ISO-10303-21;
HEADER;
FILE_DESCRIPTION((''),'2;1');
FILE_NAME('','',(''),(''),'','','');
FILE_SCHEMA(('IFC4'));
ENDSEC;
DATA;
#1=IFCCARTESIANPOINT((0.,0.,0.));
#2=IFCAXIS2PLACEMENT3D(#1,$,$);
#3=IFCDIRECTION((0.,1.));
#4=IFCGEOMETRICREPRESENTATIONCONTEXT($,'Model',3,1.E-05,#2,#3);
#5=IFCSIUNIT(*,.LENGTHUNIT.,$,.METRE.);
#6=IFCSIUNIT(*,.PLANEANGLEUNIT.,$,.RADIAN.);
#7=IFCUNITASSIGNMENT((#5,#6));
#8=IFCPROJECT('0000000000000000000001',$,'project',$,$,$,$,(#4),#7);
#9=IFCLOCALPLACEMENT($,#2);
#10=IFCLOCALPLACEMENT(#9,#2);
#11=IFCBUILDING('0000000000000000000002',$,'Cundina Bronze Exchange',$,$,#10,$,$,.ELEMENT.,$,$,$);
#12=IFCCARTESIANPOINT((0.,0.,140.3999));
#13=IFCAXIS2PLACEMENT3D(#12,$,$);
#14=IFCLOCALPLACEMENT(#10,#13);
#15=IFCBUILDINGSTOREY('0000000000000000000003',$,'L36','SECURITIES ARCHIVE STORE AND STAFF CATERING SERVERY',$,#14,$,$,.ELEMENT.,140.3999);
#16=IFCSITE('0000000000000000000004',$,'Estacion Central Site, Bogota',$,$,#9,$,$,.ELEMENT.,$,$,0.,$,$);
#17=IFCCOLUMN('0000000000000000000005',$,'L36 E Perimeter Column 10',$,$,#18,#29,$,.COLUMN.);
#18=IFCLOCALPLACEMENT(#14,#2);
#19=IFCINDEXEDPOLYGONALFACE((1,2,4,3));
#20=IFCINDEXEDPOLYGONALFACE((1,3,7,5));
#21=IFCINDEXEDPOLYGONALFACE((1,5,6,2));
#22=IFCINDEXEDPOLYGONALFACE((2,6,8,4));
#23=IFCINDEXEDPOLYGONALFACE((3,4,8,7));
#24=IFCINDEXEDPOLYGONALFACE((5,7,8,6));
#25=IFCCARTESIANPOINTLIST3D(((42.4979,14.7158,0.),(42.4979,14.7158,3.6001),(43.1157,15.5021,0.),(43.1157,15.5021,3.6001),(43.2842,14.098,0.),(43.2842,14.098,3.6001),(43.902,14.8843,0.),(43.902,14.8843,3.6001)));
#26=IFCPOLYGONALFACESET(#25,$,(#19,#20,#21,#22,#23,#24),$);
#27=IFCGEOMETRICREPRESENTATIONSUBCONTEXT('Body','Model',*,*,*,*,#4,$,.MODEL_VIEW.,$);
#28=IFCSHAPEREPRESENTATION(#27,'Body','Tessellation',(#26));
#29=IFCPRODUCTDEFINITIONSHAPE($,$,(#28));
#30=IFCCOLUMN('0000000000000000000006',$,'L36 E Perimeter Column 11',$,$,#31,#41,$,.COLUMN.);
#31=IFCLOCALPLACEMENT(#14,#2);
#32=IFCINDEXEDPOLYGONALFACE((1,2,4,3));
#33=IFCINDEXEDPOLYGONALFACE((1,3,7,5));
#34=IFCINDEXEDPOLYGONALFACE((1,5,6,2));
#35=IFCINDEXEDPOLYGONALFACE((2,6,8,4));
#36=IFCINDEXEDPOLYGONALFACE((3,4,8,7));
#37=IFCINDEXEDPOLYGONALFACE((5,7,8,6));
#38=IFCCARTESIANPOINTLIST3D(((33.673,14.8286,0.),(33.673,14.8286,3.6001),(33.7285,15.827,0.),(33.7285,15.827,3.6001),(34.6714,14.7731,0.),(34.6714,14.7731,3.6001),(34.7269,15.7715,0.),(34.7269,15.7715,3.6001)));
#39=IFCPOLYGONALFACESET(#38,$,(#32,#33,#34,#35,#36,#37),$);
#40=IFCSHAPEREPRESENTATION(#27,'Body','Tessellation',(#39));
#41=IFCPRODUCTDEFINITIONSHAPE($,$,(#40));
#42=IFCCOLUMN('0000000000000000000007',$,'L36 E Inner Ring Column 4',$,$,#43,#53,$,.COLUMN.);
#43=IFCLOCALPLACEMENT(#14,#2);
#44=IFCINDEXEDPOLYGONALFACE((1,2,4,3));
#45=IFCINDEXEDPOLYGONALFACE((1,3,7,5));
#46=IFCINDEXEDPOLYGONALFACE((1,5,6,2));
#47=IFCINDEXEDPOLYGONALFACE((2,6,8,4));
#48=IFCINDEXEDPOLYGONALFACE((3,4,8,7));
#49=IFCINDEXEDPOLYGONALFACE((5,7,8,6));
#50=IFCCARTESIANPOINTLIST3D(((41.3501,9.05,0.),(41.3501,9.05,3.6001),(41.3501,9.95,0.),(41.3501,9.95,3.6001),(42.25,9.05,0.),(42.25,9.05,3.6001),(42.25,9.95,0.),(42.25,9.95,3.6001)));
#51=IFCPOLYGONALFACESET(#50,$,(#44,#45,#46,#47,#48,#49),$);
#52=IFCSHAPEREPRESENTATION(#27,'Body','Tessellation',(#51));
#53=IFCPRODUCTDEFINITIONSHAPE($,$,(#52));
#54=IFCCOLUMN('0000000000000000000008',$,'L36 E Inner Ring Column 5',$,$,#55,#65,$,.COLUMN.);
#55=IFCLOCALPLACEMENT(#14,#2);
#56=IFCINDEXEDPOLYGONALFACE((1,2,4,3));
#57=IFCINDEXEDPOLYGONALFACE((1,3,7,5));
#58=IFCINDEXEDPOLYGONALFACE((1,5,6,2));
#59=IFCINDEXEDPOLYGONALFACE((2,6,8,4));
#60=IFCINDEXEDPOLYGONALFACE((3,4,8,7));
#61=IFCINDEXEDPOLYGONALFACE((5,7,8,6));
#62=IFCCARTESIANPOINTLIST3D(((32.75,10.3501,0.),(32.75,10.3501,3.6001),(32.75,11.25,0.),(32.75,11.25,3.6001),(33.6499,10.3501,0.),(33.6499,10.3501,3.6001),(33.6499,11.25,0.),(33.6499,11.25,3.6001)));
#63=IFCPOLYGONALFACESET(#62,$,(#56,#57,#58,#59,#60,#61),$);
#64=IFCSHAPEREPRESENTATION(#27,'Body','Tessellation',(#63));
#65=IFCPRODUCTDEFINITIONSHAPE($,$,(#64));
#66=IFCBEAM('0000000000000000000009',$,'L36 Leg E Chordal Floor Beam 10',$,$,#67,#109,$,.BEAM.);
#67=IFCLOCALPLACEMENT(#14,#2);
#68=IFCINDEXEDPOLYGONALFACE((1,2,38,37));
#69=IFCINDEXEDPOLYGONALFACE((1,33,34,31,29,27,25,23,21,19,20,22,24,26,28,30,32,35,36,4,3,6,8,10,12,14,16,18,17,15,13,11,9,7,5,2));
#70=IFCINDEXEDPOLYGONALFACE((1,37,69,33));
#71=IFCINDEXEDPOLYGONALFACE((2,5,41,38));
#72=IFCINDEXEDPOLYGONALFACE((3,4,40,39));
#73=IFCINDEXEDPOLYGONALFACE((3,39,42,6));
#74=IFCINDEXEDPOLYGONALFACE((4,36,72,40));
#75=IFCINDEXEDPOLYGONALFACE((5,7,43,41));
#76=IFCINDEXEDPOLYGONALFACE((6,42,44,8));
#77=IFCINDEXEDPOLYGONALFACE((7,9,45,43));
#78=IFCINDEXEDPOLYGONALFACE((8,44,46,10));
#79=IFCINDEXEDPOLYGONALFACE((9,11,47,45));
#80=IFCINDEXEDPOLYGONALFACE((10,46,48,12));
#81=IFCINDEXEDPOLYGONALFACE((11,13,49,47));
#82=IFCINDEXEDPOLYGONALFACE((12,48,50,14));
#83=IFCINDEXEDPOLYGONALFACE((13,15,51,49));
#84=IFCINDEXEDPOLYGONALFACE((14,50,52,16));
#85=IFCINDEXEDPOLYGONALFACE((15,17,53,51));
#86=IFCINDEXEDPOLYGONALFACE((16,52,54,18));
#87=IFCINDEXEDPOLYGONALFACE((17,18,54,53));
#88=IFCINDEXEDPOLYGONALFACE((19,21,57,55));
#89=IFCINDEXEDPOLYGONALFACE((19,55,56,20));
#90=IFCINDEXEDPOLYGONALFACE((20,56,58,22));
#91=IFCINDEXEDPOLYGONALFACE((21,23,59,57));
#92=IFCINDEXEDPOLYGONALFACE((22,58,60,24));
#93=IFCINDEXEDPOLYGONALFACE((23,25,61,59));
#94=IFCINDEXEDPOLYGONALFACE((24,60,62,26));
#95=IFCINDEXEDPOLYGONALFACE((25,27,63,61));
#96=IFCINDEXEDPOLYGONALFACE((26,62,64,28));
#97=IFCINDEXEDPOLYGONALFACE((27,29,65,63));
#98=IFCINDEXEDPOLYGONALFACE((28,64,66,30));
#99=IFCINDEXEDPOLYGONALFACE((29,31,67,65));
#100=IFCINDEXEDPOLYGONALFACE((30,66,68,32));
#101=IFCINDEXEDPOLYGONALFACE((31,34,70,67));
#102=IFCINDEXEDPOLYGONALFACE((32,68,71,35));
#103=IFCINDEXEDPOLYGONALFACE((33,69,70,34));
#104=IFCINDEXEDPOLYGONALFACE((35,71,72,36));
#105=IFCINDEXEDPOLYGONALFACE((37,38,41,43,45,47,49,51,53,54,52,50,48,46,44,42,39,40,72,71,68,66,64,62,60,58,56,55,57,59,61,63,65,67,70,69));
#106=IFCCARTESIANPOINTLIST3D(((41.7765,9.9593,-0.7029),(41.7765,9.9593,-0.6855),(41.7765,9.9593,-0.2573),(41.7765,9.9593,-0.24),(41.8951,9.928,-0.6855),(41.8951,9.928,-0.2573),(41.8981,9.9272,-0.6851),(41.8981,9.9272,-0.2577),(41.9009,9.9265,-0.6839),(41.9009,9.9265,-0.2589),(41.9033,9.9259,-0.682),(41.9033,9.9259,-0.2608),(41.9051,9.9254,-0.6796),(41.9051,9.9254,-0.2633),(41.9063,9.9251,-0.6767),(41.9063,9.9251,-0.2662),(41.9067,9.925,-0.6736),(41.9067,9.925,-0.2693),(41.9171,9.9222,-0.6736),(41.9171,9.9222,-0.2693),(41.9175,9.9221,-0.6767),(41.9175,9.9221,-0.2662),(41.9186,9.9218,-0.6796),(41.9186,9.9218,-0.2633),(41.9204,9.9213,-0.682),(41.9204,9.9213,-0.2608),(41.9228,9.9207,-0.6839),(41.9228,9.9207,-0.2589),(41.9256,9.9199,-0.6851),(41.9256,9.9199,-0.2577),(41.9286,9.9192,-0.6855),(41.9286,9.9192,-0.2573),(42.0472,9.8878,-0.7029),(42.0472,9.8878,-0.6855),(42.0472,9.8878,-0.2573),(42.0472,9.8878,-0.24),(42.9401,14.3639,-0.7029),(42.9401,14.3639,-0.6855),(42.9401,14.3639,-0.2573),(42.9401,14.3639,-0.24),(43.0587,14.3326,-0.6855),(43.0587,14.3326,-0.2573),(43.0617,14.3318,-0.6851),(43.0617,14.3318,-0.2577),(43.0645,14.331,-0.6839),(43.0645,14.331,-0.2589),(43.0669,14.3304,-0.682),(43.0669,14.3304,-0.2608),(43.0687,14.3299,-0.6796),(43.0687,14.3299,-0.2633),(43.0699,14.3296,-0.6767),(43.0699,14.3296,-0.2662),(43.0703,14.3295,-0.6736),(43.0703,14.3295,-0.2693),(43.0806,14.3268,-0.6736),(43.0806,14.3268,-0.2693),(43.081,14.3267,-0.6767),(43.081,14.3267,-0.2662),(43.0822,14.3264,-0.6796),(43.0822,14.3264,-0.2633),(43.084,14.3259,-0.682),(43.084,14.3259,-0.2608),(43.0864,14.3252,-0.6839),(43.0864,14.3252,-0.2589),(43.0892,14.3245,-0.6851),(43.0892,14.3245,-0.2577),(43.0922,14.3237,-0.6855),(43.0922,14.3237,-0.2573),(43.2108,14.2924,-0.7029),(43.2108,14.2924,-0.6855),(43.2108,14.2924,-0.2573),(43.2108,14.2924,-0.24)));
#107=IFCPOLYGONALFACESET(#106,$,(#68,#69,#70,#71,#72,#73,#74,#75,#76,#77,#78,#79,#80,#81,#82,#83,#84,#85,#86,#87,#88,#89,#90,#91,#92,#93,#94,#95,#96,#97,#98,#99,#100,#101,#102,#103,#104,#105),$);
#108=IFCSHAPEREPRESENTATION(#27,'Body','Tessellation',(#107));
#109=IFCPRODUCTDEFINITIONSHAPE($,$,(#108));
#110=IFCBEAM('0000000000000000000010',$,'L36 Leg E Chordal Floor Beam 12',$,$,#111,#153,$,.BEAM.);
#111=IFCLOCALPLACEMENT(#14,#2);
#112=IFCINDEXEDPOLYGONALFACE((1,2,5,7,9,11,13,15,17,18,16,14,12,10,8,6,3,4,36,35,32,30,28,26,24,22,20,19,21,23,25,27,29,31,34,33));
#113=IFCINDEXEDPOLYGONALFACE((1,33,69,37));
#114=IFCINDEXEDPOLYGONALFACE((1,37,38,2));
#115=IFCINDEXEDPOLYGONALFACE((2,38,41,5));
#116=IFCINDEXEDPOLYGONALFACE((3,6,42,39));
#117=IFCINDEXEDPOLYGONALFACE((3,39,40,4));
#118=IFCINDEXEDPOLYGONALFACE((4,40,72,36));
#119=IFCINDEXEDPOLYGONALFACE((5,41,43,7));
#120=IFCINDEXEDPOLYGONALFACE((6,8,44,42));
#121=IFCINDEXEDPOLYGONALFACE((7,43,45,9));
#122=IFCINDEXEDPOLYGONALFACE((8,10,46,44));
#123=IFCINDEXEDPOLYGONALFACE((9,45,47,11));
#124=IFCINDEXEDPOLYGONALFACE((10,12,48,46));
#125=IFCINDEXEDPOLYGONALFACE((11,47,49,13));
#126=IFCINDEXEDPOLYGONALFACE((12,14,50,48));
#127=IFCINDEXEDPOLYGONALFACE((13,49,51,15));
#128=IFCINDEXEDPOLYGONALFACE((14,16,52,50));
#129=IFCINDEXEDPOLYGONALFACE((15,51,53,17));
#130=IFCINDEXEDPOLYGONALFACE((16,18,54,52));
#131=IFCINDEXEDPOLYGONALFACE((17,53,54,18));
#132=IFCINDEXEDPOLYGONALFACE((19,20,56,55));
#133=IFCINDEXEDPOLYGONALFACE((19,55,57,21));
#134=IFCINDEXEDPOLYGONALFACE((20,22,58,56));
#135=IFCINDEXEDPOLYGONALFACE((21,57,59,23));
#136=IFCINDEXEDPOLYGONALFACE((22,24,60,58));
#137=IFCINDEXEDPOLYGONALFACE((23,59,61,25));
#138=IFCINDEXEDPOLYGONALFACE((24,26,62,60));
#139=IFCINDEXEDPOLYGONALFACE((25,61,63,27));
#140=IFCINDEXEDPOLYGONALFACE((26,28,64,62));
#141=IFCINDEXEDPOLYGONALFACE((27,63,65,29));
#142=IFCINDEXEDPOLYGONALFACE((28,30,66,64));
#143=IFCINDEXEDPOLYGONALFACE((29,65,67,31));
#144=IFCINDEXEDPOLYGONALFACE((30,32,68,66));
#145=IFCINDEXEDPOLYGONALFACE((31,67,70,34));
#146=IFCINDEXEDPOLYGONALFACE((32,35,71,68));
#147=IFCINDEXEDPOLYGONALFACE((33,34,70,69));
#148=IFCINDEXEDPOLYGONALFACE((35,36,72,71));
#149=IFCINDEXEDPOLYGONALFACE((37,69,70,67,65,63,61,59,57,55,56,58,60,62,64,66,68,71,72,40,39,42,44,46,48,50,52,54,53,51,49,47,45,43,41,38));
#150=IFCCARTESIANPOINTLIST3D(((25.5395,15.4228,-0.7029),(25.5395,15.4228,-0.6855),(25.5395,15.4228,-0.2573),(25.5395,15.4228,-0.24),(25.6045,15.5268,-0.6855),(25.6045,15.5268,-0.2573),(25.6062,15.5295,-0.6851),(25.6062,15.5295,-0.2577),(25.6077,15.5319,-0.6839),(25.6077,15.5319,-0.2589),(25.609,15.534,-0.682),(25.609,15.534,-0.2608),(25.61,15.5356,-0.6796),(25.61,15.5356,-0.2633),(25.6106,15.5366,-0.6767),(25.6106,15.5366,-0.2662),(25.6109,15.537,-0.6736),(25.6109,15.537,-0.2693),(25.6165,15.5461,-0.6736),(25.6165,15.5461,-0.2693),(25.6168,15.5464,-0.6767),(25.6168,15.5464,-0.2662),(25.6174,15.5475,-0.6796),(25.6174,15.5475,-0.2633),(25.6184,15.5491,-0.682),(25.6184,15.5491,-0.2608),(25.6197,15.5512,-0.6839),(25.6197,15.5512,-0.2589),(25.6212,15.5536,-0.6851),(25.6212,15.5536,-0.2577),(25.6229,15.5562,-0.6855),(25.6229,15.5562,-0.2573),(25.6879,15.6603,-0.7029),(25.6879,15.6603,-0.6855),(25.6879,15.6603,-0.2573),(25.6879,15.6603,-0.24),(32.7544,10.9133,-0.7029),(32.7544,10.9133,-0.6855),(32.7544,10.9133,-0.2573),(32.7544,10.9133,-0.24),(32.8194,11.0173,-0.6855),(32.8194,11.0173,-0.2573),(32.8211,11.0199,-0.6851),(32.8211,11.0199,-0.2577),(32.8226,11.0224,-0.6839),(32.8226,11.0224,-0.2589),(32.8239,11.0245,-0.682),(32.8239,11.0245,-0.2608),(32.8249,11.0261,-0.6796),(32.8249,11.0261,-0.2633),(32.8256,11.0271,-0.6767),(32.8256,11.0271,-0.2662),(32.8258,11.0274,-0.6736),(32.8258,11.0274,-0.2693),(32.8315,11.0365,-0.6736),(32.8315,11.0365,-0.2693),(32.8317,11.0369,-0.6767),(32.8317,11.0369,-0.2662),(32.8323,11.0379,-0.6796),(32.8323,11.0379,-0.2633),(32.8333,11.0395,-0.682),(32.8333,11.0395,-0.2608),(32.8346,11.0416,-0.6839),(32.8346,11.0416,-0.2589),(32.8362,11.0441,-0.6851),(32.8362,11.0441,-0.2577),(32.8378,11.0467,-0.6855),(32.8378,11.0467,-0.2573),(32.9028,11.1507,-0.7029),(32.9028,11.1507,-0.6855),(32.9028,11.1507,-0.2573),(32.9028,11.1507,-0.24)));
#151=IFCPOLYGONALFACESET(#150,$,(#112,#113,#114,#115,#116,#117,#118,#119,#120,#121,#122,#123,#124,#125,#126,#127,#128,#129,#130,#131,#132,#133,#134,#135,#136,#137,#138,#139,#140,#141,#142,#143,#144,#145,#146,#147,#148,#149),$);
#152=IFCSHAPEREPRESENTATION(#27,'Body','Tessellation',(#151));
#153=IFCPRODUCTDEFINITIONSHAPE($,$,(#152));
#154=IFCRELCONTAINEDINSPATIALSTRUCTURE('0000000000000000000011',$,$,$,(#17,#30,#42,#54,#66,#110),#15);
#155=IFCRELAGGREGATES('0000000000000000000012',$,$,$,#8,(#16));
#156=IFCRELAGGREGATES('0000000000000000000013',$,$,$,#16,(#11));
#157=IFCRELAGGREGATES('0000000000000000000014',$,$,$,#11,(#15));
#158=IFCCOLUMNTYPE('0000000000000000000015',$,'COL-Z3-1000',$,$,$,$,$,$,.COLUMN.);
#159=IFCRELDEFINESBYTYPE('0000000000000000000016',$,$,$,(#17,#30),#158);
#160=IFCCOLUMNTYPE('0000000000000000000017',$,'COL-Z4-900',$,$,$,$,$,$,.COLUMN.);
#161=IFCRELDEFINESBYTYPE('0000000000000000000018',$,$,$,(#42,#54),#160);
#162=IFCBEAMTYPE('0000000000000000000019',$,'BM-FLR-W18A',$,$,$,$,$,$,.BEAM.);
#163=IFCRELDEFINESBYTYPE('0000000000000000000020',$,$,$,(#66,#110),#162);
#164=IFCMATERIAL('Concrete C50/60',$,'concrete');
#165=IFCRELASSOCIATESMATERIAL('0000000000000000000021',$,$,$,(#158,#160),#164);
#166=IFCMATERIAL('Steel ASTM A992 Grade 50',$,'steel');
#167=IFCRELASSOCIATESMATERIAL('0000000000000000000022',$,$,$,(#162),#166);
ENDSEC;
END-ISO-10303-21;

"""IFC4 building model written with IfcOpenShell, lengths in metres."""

from ifc_helpers import new_model, si_unit, direction, frame, origin, origin_2d, place, context, subcontext, project, spatial, rectangle, i_section, extrude, material, material_profile, profile_set, type_object, element, save


model = new_model("IFC4")

# Units and contexts
model_context = context("Model", 3, precision=1e-05, world=origin(), true_north=direction((0.0, 1.0)))
body_context = subcontext(model_context, "Body", "Model", "MODEL_VIEW")
ifc_project = project(units=[si_unit("LENGTHUNIT", "METRE"), si_unit("PLANEANGLEUNIT", "RADIAN")], contexts=[model_context])

# Site, building, storey
site_placement = place(None, origin())
site = spatial("IfcSite", under=ifc_project, at=site_placement, Name="Estacion Central Site, Bogota", CompositionType="ELEMENT", RefElevation=0.0)
building_placement = place(site_placement, origin())
building = spatial("IfcBuilding", under=site, at=building_placement, Name="Cundina Bronze Exchange", CompositionType="ELEMENT")
storey_placement = place(building_placement, frame((0.0, 0.0, 140.3999)))
storey = spatial("IfcBuildingStorey", under=building, at=storey_placement, Name="L36", Description="SECURITIES ARCHIVE STORE AND STAFF CATERING SERVERY", CompositionType="ELEMENT", Elevation=140.3999)

# Columns
ifc_material_1 = material(Name="Concrete C50/60", Category="concrete")
ifc_material_profile_1 = material_profile(ifc_material_1, rectangle(XDim=1.0, YDim=1.0, at=origin_2d()), Name="RC1000X1000", Category="concrete")
ifc_profile_set_1 = profile_set([ifc_material_profile_1], Name="Concrete C50/60")
column_type_1 = type_object("IfcColumnType", Name="COL-Z3-1000", PredefinedType="COLUMN", material=ifc_profile_set_1)
for number, where, z_axis, x_axis, name in (
    (1, (43.2, 14.8, 0.0), (0.0, 0.0, 1.0), (-0.786288, 0.61786, 0.0), "L36 E Perimeter Column 10"),
    (2, (34.2, 15.3, 0.0), (0.0, 0.0, 1.0), (-0.99846, 0.055473, 0.0), "L36 E Perimeter Column 11"),
):
    element("IfcColumn", number, at=place(storey_placement, frame(where, z_axis=z_axis, x_axis=x_axis)), inside=storey, type_object=column_type_1, Name=name, PredefinedType="COLUMN", context=body_context, shape_type="SweptSolid", body=[
        extrude(rectangle(XDim=1.0, YDim=1.0, at=origin_2d()), origin(), (0.0, 0.0, 1.0), 3.6001),
    ])
ifc_material_profile_2 = material_profile(ifc_material_1, rectangle(XDim=0.8999, YDim=0.8999, at=origin_2d()), Name="RC900X900", Category="concrete")
ifc_profile_set_2 = profile_set([ifc_material_profile_2], Name="Concrete C50/60")
column_type_2 = type_object("IfcColumnType", Name="COL-Z4-900", PredefinedType="COLUMN", material=ifc_profile_set_2)
for number, where, z_axis, x_axis, name in (
    (3, (41.8, 9.5, 0.0), (0.0, 0.0, 1.0), (1.0, 0.0, 0.0), "L36 E Inner Ring Column 4"),
    (4, (33.2, 10.8, 0.0), (0.0, 0.0, 1.0), (1.0, 0.0, 0.0), "L36 E Inner Ring Column 5"),
):
    element("IfcColumn", number, at=place(storey_placement, frame(where, z_axis=z_axis, x_axis=x_axis)), inside=storey, type_object=column_type_2, Name=name, PredefinedType="COLUMN", context=body_context, shape_type="SweptSolid", body=[
        extrude(rectangle(XDim=0.8999, YDim=0.8999, at=origin_2d()), origin(), (0.0, 0.0, 1.0), 3.6001),
    ])

# Beams
ifc_material_2 = material(Name="Steel ASTM A992 Grade 50", Category="steel")
ifc_material_profile_3 = material_profile(ifc_material_2, i_section(OverallWidth=0.28, OverallDepth=0.4629, WebThickness=0.0107, FlangeThickness=0.0173, FilletRadius=0.012, at=origin_2d()), Name="W18X76", Category="steel")
ifc_profile_set_3 = profile_set([ifc_material_profile_3], Name="Steel ASTM A992 Grade 50")
beam_type_1 = type_object("IfcBeamType", Name="BM-FLR-W18A", PredefinedType="BEAM", material=ifc_profile_set_3)
beam_1_placement = place(storey_placement, frame((41.9119, 9.9236, -0.4714), z_axis=(0.255414, 0.966832, 0.0), x_axis=(-0.966832, 0.255414, 0.0)))
element("IfcBeam", 5, at=beam_1_placement, inside=storey, type_object=beam_type_1, Name="L36 Leg E Chordal Floor Beam 10", PredefinedType="BEAM", context=body_context, shape_type="SweptSolid", body=[
    extrude(i_section(OverallWidth=0.28, OverallDepth=0.4629, WebThickness=0.0107, FlangeThickness=0.0173, FilletRadius=0.012, at=origin_2d()), origin(), (0.0, 0.0, 1.0), 4.5557),
])
beam_2_placement = place(storey_placement, frame((32.8286, 11.032, -0.4714), z_axis=(-0.847985, 0.53002, 0.0), x_axis=(-0.53002, -0.847985, 0.0)))
element("IfcBeam", 6, at=beam_2_placement, inside=storey, type_object=beam_type_1, Name="L36 Leg E Chordal Floor Beam 12", PredefinedType="BEAM", context=body_context, shape_type="SweptSolid", body=[
    extrude(i_section(OverallWidth=0.28, OverallDepth=0.4629, WebThickness=0.0107, FlangeThickness=0.0173, FilletRadius=0.012, at=origin_2d()), origin(), (0.0, 0.0, 1.0), 8.5083),
])

save(model, "model.ifc")
